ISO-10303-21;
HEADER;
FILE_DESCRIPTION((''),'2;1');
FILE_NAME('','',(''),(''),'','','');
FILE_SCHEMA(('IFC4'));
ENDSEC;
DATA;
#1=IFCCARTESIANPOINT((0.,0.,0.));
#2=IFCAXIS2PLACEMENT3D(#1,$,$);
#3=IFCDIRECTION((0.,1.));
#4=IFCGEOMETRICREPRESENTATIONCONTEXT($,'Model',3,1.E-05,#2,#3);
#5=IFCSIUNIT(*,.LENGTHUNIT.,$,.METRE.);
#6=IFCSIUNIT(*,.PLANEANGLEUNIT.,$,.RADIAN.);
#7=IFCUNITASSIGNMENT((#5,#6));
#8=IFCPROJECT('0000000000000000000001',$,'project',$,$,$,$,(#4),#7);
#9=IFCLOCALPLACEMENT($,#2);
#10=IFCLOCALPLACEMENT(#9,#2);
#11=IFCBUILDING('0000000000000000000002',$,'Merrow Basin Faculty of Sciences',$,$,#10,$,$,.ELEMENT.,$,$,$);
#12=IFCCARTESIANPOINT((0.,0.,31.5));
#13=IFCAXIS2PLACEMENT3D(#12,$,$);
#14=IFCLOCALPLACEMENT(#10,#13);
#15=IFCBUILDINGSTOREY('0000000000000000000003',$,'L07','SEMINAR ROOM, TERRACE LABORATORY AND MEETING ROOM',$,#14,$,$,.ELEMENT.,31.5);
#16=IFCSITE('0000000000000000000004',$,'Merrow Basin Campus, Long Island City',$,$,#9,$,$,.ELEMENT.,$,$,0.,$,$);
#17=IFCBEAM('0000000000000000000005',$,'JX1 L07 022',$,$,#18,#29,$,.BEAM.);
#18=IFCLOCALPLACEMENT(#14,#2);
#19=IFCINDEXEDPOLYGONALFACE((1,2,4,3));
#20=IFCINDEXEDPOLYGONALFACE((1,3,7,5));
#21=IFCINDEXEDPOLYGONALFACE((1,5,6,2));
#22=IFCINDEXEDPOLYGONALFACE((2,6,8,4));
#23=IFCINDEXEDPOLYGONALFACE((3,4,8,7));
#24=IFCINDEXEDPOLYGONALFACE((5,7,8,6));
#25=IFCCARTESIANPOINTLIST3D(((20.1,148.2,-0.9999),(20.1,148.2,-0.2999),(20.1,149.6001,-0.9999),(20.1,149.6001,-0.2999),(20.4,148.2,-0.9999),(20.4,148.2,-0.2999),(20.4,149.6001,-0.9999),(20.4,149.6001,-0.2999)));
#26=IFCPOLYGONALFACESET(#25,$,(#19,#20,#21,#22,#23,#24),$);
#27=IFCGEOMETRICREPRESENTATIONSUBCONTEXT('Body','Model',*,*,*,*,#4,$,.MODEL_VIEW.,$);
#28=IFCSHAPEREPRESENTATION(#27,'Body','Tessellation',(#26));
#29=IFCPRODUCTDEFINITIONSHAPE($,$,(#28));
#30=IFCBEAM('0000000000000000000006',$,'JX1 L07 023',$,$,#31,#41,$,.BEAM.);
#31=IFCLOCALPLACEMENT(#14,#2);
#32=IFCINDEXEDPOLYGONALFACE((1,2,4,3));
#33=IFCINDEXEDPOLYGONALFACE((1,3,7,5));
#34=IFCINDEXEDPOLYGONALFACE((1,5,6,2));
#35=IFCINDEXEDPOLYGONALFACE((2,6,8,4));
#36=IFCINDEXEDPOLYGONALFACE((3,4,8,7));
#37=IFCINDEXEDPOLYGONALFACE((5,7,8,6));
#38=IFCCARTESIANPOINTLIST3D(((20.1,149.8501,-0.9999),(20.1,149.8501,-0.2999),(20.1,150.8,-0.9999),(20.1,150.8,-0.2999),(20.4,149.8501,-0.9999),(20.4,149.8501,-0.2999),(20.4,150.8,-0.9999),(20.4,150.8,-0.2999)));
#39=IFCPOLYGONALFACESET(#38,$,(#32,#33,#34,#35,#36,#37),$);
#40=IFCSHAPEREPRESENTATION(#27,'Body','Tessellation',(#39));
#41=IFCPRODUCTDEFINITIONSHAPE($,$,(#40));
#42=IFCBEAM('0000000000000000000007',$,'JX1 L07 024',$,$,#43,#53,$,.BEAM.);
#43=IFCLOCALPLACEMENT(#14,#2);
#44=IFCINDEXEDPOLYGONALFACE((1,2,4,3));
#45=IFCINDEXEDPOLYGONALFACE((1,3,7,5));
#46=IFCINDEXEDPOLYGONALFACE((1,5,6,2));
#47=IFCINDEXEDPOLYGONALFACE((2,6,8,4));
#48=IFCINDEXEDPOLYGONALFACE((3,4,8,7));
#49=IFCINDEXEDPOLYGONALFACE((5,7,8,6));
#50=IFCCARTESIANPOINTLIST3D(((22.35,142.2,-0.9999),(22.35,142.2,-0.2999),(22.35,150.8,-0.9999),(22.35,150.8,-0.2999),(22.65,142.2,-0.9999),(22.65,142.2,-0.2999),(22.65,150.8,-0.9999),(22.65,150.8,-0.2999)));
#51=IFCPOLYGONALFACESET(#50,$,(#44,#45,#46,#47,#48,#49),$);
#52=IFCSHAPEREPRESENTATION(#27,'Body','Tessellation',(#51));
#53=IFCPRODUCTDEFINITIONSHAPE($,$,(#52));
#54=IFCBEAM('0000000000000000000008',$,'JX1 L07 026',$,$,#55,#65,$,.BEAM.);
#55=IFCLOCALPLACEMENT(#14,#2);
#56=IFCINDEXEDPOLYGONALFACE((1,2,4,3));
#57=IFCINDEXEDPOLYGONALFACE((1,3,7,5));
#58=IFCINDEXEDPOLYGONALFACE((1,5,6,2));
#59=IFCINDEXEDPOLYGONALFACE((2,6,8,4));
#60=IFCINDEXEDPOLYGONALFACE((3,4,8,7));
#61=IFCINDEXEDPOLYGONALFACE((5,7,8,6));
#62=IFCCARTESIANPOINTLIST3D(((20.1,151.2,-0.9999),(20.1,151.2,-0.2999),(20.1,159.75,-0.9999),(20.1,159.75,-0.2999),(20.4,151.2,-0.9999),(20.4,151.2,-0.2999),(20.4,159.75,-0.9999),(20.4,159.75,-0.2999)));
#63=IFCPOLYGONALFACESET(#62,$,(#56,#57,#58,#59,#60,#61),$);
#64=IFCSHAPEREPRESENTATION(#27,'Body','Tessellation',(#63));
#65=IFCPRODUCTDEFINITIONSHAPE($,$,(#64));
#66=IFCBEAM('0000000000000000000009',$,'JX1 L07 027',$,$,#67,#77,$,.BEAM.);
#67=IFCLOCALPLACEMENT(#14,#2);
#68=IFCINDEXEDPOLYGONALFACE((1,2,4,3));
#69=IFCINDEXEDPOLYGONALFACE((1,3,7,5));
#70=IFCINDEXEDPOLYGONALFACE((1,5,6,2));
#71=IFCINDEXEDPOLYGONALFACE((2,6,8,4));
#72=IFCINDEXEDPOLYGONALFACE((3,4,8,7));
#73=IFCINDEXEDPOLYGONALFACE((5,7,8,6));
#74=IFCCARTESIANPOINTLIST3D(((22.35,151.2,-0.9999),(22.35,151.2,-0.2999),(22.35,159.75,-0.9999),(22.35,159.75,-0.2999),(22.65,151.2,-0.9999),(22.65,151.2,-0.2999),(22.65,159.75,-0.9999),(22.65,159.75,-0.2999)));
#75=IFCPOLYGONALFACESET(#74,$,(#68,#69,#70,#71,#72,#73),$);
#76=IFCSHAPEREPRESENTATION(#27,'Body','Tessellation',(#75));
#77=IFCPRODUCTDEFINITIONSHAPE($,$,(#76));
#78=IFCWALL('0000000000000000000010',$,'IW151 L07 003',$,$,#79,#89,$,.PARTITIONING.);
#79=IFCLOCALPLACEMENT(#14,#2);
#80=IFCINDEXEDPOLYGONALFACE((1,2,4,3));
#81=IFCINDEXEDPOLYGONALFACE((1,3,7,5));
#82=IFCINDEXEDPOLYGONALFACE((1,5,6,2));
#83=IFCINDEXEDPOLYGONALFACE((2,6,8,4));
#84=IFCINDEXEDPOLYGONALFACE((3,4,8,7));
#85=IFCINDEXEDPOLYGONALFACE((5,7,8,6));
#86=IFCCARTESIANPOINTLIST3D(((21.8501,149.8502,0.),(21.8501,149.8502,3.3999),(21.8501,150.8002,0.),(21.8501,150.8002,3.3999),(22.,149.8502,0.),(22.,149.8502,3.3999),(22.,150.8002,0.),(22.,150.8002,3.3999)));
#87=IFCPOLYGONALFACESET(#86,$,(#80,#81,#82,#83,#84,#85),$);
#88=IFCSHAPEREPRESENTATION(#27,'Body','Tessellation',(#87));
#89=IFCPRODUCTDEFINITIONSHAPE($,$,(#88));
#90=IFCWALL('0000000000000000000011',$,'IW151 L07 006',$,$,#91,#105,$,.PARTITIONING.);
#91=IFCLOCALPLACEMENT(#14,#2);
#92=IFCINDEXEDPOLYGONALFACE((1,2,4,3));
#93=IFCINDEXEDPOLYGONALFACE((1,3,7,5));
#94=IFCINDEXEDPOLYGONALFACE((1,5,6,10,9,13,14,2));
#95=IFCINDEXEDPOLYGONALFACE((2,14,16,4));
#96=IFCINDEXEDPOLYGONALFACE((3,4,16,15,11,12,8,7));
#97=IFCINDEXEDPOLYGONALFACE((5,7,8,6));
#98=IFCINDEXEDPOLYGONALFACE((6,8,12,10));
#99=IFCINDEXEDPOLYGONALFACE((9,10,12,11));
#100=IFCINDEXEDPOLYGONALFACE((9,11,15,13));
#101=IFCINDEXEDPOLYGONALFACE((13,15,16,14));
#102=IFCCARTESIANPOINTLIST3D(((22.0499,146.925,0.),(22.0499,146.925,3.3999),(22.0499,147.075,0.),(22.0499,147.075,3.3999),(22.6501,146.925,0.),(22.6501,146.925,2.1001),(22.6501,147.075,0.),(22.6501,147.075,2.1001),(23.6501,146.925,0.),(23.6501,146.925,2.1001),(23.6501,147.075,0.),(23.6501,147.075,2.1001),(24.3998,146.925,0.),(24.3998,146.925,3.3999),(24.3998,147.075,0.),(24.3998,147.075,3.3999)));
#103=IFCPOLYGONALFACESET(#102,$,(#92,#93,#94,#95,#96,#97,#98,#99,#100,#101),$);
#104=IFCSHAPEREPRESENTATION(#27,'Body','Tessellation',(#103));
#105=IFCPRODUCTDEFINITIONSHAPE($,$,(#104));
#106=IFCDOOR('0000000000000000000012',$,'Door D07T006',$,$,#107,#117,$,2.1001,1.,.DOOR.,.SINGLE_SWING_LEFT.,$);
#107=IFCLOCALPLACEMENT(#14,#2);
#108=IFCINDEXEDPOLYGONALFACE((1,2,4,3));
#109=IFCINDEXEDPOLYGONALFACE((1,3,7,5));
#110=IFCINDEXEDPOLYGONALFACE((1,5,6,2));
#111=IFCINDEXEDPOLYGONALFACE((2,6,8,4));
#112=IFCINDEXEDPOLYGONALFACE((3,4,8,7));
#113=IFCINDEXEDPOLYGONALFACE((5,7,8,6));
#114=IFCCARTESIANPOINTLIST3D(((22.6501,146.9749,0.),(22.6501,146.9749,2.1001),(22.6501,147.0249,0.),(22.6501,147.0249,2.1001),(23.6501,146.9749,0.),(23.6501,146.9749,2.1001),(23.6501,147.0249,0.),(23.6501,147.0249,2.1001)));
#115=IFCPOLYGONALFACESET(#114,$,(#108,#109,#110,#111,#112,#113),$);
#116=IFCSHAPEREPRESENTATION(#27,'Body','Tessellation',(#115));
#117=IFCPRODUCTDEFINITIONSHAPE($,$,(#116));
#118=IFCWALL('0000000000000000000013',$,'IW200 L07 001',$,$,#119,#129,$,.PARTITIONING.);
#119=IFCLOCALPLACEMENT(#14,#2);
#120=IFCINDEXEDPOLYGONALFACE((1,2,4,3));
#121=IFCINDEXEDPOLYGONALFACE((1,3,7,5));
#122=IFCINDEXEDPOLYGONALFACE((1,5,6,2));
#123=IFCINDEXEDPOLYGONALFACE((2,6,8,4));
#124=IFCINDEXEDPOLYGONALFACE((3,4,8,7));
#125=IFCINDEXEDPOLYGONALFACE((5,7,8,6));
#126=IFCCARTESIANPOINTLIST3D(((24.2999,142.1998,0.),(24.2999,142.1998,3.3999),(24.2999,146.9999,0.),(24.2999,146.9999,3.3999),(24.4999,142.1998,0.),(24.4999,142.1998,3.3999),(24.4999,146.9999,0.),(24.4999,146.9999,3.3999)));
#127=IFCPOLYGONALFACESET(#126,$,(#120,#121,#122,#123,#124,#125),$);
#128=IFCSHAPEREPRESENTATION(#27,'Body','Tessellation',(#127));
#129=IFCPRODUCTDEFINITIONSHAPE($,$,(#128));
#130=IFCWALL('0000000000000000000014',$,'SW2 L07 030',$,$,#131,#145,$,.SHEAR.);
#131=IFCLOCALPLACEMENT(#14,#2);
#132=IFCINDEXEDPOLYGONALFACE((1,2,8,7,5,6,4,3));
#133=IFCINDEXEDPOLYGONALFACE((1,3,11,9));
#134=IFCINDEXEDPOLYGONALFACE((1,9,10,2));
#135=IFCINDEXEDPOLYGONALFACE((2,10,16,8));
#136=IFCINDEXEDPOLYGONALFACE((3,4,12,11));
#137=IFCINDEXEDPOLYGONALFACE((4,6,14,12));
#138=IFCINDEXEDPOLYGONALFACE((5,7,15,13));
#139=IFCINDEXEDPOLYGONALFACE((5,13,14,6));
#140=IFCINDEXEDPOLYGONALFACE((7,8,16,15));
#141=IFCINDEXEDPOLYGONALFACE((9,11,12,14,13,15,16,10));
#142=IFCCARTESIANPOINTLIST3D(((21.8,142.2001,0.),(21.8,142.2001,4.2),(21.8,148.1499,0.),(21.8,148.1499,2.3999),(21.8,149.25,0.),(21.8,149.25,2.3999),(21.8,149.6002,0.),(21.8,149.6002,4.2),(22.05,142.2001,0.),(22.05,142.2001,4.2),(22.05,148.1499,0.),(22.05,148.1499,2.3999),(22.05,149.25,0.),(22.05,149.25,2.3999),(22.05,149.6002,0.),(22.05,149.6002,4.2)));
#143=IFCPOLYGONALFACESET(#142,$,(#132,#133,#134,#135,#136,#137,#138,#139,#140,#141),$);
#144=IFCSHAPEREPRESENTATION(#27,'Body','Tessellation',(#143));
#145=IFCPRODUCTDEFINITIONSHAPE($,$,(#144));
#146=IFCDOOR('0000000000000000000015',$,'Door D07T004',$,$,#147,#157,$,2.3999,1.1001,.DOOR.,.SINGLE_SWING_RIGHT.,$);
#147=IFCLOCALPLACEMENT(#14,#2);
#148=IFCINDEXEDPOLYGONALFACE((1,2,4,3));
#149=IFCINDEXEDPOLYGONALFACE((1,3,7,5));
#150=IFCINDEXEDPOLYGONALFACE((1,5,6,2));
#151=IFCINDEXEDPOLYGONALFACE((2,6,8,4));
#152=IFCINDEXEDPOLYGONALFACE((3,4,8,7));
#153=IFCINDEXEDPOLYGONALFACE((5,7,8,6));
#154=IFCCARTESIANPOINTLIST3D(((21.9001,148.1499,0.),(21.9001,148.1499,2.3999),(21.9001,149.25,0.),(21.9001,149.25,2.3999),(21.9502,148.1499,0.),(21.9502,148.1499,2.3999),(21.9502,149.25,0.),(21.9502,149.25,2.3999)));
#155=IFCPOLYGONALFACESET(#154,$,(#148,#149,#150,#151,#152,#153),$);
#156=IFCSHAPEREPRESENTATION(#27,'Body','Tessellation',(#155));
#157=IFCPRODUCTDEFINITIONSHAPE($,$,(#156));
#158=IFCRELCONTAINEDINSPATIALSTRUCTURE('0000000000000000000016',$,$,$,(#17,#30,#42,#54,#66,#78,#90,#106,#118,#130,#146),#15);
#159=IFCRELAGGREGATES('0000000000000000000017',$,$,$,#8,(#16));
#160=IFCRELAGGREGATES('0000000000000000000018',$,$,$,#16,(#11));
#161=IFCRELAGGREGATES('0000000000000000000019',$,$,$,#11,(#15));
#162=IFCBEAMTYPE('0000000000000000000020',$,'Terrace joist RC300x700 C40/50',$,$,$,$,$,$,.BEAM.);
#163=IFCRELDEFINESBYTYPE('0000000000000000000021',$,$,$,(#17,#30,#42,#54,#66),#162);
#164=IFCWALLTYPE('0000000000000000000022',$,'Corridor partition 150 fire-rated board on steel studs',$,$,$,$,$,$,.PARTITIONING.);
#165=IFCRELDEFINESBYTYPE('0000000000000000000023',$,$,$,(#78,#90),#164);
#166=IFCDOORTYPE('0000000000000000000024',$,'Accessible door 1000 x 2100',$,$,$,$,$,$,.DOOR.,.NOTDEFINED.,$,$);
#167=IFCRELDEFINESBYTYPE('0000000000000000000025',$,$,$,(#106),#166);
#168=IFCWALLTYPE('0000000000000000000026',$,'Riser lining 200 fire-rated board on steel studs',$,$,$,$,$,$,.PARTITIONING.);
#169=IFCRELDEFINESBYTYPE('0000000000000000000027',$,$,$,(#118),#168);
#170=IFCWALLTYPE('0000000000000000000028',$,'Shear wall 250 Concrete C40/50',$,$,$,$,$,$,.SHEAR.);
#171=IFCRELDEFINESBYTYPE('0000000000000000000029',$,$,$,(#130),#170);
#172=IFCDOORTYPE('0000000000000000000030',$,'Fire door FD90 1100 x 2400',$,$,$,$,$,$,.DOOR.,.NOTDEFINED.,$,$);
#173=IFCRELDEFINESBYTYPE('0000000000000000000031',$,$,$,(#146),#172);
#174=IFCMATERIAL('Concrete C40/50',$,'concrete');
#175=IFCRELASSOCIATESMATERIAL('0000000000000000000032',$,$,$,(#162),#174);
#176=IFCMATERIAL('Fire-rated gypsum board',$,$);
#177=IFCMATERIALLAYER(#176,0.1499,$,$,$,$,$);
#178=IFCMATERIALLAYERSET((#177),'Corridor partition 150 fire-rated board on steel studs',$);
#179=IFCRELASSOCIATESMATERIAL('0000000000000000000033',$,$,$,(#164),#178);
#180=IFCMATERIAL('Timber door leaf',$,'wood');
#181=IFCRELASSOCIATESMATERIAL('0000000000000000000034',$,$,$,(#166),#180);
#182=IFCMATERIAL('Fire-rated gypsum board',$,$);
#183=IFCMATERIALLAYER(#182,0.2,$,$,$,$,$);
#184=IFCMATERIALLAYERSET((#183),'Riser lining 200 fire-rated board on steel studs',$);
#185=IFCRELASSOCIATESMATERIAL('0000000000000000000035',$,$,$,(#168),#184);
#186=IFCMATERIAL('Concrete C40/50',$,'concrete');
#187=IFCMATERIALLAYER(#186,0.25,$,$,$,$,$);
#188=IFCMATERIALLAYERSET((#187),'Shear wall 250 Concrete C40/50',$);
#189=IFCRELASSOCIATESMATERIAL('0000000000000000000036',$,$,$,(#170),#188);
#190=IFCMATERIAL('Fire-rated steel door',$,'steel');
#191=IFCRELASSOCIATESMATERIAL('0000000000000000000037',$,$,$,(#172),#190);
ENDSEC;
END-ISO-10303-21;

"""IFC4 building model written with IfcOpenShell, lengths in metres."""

from ifc_helpers import new_model, si_unit, direction, frame, frame_2d, origin, origin_2d, place, context, subcontext, project, spatial, rectangle, extrude, material, layer, layer_set, material_profile, profile_set, type_object, element, fill, save


model = new_model("IFC4")

# Units and contexts
model_context = context("Model", 3, precision=1e-05, world=origin(), true_north=direction((0.0, 1.0)))
body_context = subcontext(model_context, "Body", "Model", "MODEL_VIEW")
ifc_project = project(units=[si_unit("LENGTHUNIT", "METRE"), si_unit("PLANEANGLEUNIT", "RADIAN")], contexts=[model_context])

# Site, building, storey
site_placement = place(None, origin())
site = spatial("IfcSite", under=ifc_project, at=site_placement, Name="Merrow Basin Campus, Long Island City", CompositionType="ELEMENT", RefElevation=0.0)
building_placement = place(site_placement, origin())
building = spatial("IfcBuilding", under=site, at=building_placement, Name="Merrow Basin Faculty of Sciences", CompositionType="ELEMENT")
storey_placement = place(building_placement, frame((0.0, 0.0, 31.5)))
storey = spatial("IfcBuildingStorey", under=building, at=storey_placement, Name="L07", Description="SEMINAR ROOM, TERRACE LABORATORY AND MEETING ROOM", CompositionType="ELEMENT", Elevation=31.5)

# Beams
ifc_material_1 = material(Name="Concrete C40/50", Category="concrete")
ifc_material_profile = material_profile(ifc_material_1, rectangle(XDim=0.3, YDim=0.7, at=origin_2d()))
ifc_profile_set = profile_set([ifc_material_profile], Name="Concrete C40/50")
beam_type = type_object("IfcBeamType", Name="Terrace joist RC300x700 C40/50", PredefinedType="BEAM", material=ifc_profile_set)
beam_1_placement = place(storey_placement, frame((20.25, 148.2, -0.6499), z_axis=(0.0, 1.0, 0.0), x_axis=(-1.0, 0.0, 0.0)))
element("IfcBeam", 1, at=beam_1_placement, inside=storey, type_object=beam_type, Name="JX1 L07 022", PredefinedType="BEAM", context=body_context, shape_type="SweptSolid", body=[
    extrude(rectangle(XDim=0.3, YDim=0.7, at=origin_2d()), origin(), (0.0, 0.0, 1.0), 1.4001),
])
beam_2_placement = place(storey_placement, frame((20.25, 149.8501, -0.6499), z_axis=(0.0, 1.0, 0.0), x_axis=(-1.0, 0.0, 0.0)))
element("IfcBeam", 2, at=beam_2_placement, inside=storey, type_object=beam_type, Name="JX1 L07 023", PredefinedType="BEAM", context=body_context, shape_type="SweptSolid", body=[
    extrude(rectangle(XDim=0.3, YDim=0.7, at=origin_2d()), origin(), (0.0, 0.0, 1.0), 0.95),
])
beam_3_placement = place(storey_placement, frame((22.5, 142.2, -0.6499), z_axis=(0.0, 1.0, 0.0), x_axis=(-1.0, 0.0, 0.0)))
element("IfcBeam", 3, at=beam_3_placement, inside=storey, type_object=beam_type, Name="JX1 L07 024", PredefinedType="BEAM", context=body_context, shape_type="SweptSolid", body=[
    extrude(rectangle(XDim=0.3, YDim=0.7, at=origin_2d()), origin(), (0.0, 0.0, 1.0), 8.6001),
])
for number, where, z_axis, x_axis, name in (
    (4, (20.25, 151.2, -0.6499), (0.0, 1.0, 0.0), (-1.0, 0.0, 0.0), "JX1 L07 026"),
    (5, (22.5, 151.2, -0.6499), (0.0, 1.0, 0.0), (-1.0, 0.0, 0.0), "JX1 L07 027"),
):
    element("IfcBeam", number, at=place(storey_placement, frame(where, z_axis=z_axis, x_axis=x_axis)), inside=storey, type_object=beam_type, Name=name, PredefinedType="BEAM", context=body_context, shape_type="SweptSolid", body=[
        extrude(rectangle(XDim=0.3, YDim=0.7, at=origin_2d()), origin(), (0.0, 0.0, 1.0), 8.55),
    ])

# Wall
ifc_material_2 = material(Name="Fire-rated gypsum board")
ifc_layer_1 = layer(ifc_material_2, 0.1499)
ifc_layer_set_1 = layer_set([ifc_layer_1], Name="Corridor partition 150 fire-rated board on steel studs")
wall_type_1 = type_object("IfcWallType", Name="Corridor partition 150 fire-rated board on steel studs", PredefinedType="PARTITIONING", material=ifc_layer_set_1)
wall_1_placement = place(storey_placement, frame((21.925, 149.8501, 0.0), z_axis=(0.0, 0.0, 1.0), x_axis=(0.0, 1.0, 0.0)))
element("IfcWall", 6, at=wall_1_placement, inside=storey, type_object=wall_type_1, Name="IW151 L07 003", PredefinedType="PARTITIONING", context=body_context, shape_type="SweptSolid", body=[
    extrude(rectangle(XDim=0.95, YDim=0.1499, at=frame_2d((0.4751, 0.0))), origin(), (0.0, 0.0, 1.0), 3.3999),
])

# Wall, opening, door
wall_2_placement = place(storey_placement, frame((22.05, 147.0, 0.0), z_axis=(0.0, 0.0, 1.0), x_axis=(1.0, 0.0, 0.0)))
wall_2 = element("IfcWall", 7, at=wall_2_placement, inside=storey, type_object=wall_type_1, Name="IW151 L07 006", PredefinedType="PARTITIONING", context=body_context, shape_type="SweptSolid", body=[
    extrude(rectangle(XDim=2.3499, YDim=0.1499, at=frame_2d((1.1748, 0.0))), origin(), (0.0, 0.0, 1.0), 3.3999),
])
opening_1_placement = place(wall_2_placement, frame((0.6001, 0.0, 0.0)))
opening_1 = element("IfcOpeningElement", 8, at=opening_1_placement, cuts=wall_2, PredefinedType="OPENING", context=body_context, shape_type="SweptSolid", body=[
    extrude(rectangle(XDim=1.0, YDim=2.1001, at=frame_2d((0.5, 1.05))), frame((0.0, 0.085, 0.0), z_axis=(0.0, -1.0, 0.0), x_axis=(1.0, 0.0, 0.0)), (0.0, 0.0, 1.0), 0.1699),
])
ifc_material_3 = material(Name="Timber door leaf", Category="wood")
door_type_1 = type_object("IfcDoorType", Name="Accessible door 1000 x 2100", OperationType="NOTDEFINED", PredefinedType="DOOR", material=ifc_material_3)
door_1_placement = place(opening_1_placement, origin())
door_1 = element("IfcDoor", 9, at=door_1_placement, inside=storey, type_object=door_type_1, Name="Door D07T006", OperationType="SINGLE_SWING_LEFT", OverallHeight=2.1001, OverallWidth=1.0, PredefinedType="DOOR", context=body_context, shape_type="SweptSolid", body=[
    extrude(rectangle(XDim=1.0, YDim=2.1001, at=frame_2d((0.5, 1.05))), frame((0.0, 0.0249, 0.0), z_axis=(0.0, -1.0, 0.0), x_axis=(1.0, 0.0, 0.0)), (0.0, 0.0, 1.0), 0.05),
])
fill(opening_1, door_1)

# Wall
ifc_material_4 = material(Name="Fire-rated gypsum board")
ifc_layer_2 = layer(ifc_material_4, 0.2)
ifc_layer_set_2 = layer_set([ifc_layer_2], Name="Riser lining 200 fire-rated board on steel studs")
wall_type_2 = type_object("IfcWallType", Name="Riser lining 200 fire-rated board on steel studs", PredefinedType="PARTITIONING", material=ifc_layer_set_2)
wall_3_placement = place(storey_placement, frame((24.3999, 142.2, 0.0), z_axis=(0.0, 0.0, 1.0), x_axis=(0.0, 1.0, 0.0)))
element("IfcWall", 10, at=wall_3_placement, inside=storey, type_object=wall_type_2, Name="IW200 L07 001", PredefinedType="PARTITIONING", context=body_context, shape_type="SweptSolid", body=[
    extrude(rectangle(XDim=4.8, YDim=0.2, at=frame_2d((2.3999, 0.0))), origin(), (0.0, 0.0, 1.0), 3.3999),
])

# Wall, opening, door
ifc_material_5 = material(Name="Concrete C40/50", Category="concrete")
ifc_layer_3 = layer(ifc_material_5, 0.25)
ifc_layer_set_3 = layer_set([ifc_layer_3], Name="Shear wall 250 Concrete C40/50")
wall_type_3 = type_object("IfcWallType", Name="Shear wall 250 Concrete C40/50", PredefinedType="SHEAR", material=ifc_layer_set_3)
wall_4_placement = place(storey_placement, frame((21.925, 142.2, 0.0), z_axis=(0.0, 0.0, 1.0), x_axis=(0.0, 1.0, 0.0)))
wall_4 = element("IfcWall", 11, at=wall_4_placement, inside=storey, type_object=wall_type_3, Name="SW2 L07 030", PredefinedType="SHEAR", context=body_context, shape_type="SweptSolid", body=[
    extrude(rectangle(XDim=7.4001, YDim=0.25, at=frame_2d((3.7002, 0.0))), origin(), (0.0, 0.0, 1.0), 4.2),
])
opening_2_placement = place(wall_4_placement, frame((5.95, 0.0, 0.0)))
opening_2 = element("IfcOpeningElement", 12, at=opening_2_placement, cuts=wall_4, PredefinedType="OPENING", context=body_context, shape_type="SweptSolid", body=[
    extrude(rectangle(XDim=1.1001, YDim=2.3999, at=frame_2d((0.55, 1.2))), frame((0.0, 0.135, 0.0), z_axis=(0.0, -1.0, 0.0), x_axis=(1.0, 0.0, 0.0)), (0.0, 0.0, 1.0), 0.27),
])
ifc_material_6 = material(Name="Fire-rated steel door", Category="steel")
door_type_2 = type_object("IfcDoorType", Name="Fire door FD90 1100 x 2400", OperationType="NOTDEFINED", PredefinedType="DOOR", material=ifc_material_6)
door_2_placement = place(opening_2_placement, origin())
door_2 = element("IfcDoor", 13, at=door_2_placement, inside=storey, type_object=door_type_2, Name="Door D07T004", OperationType="SINGLE_SWING_RIGHT", OverallHeight=2.3999, OverallWidth=1.1001, PredefinedType="DOOR", context=body_context, shape_type="SweptSolid", body=[
    extrude(rectangle(XDim=1.1001, YDim=2.3999, at=frame_2d((0.55, 1.2))), frame((0.0, 0.0249, 0.0), z_axis=(0.0, -1.0, 0.0), x_axis=(1.0, 0.0, 0.0)), (0.0, 0.0, 1.0), 0.05),
])
fill(opening_2, door_2)

save(model, "model.ifc")
